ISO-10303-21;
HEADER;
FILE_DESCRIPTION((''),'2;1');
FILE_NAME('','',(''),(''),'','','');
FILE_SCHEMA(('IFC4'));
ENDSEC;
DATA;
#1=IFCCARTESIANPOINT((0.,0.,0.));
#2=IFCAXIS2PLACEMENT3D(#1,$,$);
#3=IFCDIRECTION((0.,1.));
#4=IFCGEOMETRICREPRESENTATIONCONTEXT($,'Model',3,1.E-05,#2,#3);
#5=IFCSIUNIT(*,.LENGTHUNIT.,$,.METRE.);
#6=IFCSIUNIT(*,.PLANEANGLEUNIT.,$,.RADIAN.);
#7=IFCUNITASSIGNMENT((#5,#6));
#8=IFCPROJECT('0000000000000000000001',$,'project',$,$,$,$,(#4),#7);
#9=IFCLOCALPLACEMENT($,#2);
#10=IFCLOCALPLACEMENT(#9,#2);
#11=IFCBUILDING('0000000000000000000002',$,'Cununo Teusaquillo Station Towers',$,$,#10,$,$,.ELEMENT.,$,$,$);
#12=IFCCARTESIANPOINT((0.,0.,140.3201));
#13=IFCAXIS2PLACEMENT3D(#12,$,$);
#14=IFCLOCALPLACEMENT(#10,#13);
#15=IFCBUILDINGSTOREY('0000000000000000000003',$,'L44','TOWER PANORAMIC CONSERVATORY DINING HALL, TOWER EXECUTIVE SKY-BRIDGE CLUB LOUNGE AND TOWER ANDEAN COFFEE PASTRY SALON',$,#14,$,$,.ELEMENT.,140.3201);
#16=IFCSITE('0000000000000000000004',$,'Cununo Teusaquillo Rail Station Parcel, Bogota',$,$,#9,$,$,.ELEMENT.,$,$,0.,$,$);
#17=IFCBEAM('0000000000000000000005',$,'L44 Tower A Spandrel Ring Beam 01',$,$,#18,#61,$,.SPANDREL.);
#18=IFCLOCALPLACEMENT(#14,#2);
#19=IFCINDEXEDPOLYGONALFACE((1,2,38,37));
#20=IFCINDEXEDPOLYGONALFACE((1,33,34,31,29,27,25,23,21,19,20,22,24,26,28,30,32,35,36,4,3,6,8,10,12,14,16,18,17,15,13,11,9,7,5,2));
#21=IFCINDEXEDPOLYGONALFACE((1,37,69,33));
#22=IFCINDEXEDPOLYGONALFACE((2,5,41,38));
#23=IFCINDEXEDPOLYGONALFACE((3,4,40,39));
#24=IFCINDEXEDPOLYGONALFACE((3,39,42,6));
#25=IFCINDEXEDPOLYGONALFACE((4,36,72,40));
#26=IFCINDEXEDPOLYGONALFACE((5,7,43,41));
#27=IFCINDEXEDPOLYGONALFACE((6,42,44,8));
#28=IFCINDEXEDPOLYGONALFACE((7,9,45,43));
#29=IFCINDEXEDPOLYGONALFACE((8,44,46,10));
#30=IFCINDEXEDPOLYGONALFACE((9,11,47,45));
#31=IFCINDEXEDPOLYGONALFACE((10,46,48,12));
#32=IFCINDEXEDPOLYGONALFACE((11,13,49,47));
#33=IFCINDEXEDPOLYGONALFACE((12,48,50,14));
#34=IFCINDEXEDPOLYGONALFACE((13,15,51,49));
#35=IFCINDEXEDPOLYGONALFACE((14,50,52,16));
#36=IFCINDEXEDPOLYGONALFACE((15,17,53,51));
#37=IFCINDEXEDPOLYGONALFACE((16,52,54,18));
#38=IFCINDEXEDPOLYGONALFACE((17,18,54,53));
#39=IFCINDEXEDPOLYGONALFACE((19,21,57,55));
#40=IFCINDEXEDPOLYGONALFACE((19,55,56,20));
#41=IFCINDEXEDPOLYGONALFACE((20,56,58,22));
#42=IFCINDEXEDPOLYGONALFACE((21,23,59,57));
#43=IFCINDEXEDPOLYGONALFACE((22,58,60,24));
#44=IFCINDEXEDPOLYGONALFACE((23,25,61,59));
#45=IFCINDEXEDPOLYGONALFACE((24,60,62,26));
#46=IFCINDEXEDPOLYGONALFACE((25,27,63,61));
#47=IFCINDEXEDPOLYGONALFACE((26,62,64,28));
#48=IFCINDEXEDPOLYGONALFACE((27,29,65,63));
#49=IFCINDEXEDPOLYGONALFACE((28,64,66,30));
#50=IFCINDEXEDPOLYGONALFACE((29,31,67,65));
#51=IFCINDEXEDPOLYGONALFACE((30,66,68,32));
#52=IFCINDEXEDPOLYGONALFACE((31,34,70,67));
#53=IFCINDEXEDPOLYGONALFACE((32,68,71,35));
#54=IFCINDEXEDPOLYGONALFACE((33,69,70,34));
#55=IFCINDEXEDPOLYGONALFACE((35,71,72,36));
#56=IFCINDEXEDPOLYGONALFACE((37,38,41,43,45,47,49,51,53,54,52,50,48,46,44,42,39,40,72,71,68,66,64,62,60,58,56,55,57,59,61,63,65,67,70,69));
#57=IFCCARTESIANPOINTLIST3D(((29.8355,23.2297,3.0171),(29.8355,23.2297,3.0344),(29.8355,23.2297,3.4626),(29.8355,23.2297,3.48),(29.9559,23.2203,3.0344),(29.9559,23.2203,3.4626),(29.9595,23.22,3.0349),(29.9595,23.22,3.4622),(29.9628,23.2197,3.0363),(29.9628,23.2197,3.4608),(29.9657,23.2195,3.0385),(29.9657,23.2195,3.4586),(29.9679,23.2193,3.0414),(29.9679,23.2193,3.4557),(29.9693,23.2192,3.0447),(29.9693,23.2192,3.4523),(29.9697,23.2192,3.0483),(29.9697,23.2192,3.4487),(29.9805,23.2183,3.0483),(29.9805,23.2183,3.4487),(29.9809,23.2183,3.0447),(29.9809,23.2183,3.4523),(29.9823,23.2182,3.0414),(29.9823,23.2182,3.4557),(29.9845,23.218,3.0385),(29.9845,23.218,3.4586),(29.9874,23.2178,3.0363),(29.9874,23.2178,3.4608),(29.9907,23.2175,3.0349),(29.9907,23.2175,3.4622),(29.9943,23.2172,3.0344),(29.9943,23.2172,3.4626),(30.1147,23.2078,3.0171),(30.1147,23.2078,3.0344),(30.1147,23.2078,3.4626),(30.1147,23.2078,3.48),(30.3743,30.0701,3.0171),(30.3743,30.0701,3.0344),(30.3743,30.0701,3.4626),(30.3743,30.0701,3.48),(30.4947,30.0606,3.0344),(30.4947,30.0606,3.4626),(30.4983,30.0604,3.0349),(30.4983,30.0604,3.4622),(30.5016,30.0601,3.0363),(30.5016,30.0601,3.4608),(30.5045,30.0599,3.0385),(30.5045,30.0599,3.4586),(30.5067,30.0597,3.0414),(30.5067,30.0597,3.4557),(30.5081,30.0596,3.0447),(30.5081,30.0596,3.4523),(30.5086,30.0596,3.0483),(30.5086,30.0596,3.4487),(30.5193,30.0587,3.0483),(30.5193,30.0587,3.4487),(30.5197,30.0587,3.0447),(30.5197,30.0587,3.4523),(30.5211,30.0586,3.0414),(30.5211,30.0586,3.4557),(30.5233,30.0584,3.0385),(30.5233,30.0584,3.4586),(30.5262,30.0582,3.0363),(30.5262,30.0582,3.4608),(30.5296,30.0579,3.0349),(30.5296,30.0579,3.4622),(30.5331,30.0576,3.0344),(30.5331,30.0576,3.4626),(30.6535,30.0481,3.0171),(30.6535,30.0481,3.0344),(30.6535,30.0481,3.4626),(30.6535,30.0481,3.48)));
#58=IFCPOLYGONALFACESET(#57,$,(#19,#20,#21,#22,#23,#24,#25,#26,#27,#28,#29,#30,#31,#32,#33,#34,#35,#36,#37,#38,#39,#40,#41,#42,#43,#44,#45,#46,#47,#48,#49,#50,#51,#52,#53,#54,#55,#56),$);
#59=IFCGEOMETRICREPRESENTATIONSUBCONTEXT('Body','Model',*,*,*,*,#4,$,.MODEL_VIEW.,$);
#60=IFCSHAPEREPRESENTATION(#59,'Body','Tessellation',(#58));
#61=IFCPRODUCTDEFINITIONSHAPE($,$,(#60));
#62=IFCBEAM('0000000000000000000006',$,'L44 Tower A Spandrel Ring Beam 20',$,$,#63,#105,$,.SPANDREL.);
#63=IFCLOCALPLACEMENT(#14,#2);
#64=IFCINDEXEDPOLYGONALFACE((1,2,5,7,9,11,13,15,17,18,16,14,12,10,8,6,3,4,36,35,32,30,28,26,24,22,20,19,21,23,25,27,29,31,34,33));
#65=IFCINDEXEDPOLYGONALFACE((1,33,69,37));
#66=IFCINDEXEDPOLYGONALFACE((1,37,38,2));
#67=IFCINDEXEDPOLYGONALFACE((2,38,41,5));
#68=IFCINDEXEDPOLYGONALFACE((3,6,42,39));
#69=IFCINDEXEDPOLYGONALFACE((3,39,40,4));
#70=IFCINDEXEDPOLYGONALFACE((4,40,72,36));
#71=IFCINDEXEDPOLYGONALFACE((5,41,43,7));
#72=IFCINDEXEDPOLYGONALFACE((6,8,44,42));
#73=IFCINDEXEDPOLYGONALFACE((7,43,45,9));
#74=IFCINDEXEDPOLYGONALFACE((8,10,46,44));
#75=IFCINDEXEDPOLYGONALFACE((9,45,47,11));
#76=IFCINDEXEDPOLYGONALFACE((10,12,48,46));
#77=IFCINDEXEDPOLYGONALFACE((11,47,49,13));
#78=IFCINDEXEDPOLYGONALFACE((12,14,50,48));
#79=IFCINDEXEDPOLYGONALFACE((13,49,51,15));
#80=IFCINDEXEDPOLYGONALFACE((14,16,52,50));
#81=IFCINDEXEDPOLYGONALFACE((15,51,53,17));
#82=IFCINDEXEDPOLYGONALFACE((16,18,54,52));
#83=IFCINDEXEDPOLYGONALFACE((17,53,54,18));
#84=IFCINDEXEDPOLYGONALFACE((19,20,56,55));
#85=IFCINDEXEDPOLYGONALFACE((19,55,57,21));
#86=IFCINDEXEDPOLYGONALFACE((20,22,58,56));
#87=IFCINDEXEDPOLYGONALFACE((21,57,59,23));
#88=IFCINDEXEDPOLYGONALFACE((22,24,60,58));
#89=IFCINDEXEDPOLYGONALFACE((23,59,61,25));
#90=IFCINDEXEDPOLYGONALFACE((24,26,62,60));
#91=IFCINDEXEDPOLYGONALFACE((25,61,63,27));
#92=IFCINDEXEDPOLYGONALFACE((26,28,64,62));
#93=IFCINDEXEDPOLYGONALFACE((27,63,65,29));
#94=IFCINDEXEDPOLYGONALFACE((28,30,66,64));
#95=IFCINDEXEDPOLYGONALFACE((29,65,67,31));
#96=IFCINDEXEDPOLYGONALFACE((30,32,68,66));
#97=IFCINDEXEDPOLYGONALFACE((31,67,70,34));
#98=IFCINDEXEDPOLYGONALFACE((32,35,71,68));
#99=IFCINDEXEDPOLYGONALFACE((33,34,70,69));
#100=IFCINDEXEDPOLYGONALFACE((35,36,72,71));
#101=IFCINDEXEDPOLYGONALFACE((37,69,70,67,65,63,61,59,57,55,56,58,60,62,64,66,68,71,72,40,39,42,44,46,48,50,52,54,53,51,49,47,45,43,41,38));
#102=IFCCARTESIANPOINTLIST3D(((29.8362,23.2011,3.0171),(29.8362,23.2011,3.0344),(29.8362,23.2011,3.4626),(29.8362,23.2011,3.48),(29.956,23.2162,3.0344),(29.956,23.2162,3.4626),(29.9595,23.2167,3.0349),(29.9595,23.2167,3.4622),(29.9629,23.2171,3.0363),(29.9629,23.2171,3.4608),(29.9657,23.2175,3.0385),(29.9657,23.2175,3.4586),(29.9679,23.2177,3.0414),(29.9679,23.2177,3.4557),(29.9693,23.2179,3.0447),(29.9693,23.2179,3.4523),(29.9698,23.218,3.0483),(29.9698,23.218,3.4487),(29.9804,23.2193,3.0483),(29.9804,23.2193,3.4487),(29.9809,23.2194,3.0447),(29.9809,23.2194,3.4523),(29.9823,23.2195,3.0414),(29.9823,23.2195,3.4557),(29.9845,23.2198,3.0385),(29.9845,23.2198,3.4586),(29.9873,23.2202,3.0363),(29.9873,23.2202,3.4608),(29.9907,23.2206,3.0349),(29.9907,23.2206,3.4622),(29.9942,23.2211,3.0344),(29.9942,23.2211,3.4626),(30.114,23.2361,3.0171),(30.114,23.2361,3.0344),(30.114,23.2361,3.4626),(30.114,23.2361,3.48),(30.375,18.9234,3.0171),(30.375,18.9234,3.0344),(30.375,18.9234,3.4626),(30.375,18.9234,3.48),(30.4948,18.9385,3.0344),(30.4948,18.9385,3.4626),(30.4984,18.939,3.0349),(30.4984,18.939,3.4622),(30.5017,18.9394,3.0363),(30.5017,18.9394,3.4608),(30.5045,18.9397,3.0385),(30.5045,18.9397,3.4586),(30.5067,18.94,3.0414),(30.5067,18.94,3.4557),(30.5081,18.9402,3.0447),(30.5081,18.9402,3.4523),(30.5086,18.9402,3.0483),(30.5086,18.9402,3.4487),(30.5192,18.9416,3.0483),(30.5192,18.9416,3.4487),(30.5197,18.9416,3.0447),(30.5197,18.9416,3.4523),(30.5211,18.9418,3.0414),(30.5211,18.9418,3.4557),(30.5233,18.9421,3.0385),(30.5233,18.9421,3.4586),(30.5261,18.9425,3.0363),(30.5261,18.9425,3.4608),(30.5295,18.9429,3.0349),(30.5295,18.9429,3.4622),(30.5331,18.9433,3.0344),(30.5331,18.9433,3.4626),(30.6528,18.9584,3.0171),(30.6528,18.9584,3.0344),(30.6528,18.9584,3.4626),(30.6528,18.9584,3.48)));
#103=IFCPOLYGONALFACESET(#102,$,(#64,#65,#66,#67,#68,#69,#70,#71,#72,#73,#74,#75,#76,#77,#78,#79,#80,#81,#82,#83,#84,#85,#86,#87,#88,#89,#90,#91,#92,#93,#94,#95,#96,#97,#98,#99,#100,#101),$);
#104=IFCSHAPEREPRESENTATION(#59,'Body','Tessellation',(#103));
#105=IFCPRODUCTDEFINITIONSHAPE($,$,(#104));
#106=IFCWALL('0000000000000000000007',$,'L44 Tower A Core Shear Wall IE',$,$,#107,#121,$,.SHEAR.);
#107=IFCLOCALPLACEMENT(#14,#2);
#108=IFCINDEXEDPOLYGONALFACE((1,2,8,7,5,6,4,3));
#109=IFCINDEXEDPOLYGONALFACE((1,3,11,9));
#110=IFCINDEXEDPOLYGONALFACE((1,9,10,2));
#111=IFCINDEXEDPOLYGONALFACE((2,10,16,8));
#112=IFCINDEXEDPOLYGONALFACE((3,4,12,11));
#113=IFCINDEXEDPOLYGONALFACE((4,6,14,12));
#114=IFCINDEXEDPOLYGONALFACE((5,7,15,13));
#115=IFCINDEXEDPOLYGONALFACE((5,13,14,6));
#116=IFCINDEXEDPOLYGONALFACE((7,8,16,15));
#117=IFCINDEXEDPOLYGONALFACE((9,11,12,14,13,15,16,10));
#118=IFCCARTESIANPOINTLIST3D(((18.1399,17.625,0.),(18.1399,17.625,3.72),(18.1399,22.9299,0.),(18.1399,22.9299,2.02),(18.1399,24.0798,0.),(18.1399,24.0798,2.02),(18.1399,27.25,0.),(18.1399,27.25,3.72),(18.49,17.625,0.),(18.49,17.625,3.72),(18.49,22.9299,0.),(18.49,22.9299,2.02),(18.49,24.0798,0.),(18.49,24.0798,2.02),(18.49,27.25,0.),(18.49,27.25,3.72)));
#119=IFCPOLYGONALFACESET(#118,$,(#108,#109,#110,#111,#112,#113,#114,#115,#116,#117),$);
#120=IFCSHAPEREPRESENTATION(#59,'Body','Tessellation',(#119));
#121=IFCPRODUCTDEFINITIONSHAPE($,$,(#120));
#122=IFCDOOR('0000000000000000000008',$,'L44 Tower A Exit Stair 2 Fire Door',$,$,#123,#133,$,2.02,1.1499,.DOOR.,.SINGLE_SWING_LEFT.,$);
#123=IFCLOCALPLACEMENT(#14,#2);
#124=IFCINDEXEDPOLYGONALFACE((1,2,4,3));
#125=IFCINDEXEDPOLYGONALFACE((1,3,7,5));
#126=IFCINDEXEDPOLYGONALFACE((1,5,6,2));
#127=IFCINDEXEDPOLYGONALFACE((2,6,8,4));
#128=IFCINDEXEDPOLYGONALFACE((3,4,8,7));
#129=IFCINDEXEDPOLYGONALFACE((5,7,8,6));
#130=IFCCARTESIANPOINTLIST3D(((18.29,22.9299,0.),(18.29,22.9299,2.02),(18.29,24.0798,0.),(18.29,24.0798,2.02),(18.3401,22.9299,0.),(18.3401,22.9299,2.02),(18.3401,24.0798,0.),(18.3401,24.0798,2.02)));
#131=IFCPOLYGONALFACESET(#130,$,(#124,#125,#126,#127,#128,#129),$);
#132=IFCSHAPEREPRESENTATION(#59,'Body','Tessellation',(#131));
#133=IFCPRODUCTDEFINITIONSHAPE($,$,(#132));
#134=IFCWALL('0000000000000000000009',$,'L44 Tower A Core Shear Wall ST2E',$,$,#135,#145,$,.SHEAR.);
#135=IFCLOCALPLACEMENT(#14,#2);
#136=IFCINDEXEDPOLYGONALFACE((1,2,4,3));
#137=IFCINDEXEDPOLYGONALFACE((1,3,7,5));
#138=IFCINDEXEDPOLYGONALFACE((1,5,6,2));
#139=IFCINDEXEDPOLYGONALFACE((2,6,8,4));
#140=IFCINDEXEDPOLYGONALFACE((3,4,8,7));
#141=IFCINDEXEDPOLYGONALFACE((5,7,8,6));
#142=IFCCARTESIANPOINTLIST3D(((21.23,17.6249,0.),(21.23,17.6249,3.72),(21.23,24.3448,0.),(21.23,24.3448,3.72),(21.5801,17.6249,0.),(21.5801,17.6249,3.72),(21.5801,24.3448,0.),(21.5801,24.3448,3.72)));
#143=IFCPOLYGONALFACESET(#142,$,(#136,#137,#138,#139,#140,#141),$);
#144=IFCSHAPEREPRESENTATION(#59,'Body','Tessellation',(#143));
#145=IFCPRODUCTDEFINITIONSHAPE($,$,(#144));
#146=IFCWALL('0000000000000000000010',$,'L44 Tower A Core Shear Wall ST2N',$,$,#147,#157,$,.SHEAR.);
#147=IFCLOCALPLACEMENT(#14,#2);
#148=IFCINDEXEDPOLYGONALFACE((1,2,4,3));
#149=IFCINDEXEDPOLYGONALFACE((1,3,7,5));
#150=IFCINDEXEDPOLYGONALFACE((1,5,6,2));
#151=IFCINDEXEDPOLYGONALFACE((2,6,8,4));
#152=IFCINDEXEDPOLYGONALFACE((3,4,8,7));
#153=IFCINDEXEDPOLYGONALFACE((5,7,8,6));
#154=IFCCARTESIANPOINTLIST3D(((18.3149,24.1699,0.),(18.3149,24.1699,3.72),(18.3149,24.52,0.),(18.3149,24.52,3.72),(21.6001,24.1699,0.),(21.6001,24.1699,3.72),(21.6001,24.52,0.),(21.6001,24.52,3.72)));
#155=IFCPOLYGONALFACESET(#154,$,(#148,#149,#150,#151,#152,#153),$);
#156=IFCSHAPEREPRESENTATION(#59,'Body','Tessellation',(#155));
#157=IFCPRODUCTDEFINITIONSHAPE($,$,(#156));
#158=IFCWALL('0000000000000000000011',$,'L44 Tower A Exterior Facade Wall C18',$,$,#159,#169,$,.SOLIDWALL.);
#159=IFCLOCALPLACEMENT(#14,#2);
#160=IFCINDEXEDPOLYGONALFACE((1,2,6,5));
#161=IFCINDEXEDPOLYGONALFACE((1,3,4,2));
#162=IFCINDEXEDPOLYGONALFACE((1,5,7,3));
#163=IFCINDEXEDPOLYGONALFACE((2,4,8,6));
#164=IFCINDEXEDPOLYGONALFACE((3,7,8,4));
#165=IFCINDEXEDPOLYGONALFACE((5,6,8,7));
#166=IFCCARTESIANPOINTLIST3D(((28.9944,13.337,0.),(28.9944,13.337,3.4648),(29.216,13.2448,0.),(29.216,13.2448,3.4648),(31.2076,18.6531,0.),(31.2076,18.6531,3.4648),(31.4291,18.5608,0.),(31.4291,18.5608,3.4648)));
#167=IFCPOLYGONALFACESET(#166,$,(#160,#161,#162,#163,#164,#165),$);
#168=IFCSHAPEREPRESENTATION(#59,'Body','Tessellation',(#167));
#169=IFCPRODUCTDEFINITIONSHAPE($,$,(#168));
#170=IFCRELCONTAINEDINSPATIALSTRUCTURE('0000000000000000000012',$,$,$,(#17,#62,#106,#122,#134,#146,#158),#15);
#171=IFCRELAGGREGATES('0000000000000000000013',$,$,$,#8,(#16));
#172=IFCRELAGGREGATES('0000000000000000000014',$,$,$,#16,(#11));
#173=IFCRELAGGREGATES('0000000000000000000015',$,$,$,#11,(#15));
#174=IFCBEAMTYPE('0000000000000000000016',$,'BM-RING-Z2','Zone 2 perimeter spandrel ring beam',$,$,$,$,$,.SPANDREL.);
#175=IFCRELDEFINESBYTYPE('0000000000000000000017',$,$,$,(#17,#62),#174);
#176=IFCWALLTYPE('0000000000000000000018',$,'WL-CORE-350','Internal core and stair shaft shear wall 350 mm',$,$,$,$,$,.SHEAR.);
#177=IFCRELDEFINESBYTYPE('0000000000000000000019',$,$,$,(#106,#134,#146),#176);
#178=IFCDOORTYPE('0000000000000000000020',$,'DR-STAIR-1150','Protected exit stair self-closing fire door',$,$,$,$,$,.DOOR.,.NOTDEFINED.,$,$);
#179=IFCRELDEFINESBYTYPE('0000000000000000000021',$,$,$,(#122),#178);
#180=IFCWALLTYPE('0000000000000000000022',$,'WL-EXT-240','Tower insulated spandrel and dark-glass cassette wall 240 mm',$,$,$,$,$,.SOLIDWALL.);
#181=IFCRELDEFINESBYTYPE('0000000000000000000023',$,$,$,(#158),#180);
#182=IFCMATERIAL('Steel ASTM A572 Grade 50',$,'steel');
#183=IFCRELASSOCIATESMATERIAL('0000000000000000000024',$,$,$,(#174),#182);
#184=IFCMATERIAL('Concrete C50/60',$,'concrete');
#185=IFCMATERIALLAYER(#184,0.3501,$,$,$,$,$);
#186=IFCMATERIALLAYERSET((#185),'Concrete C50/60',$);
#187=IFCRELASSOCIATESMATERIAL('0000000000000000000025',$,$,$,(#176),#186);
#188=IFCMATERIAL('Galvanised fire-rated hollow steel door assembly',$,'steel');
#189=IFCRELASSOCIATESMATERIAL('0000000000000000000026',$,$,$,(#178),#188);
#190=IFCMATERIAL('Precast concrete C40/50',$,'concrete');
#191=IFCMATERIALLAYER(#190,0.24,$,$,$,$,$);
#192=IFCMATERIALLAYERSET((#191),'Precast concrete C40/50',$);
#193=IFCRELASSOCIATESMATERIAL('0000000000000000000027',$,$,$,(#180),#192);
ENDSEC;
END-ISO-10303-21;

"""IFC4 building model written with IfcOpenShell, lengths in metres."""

from ifc_helpers import new_model, si_unit, direction, frame, frame_2d, origin, origin_2d, place, context, subcontext, project, spatial, rectangle, i_section, extrude, source, transform, mapped, material, layer, layer_set, material_profile, profile_set, type_object, element, fill, save


model = new_model("IFC4")

# Units and contexts
model_context = context("Model", 3, precision=1e-05, world=origin(), true_north=direction((0.0, 1.0)))
body_context = subcontext(model_context, "Body", "Model", "MODEL_VIEW")
ifc_project = project(units=[si_unit("LENGTHUNIT", "METRE"), si_unit("PLANEANGLEUNIT", "RADIAN")], contexts=[model_context])

# Site, building, storey
site_placement = place(None, origin())
site = spatial("IfcSite", under=ifc_project, at=site_placement, Name="Cununo Teusaquillo Rail Station Parcel, Bogota", CompositionType="ELEMENT", RefElevation=0.0)
building_placement = place(site_placement, origin())
building = spatial("IfcBuilding", under=site, at=building_placement, Name="Cununo Teusaquillo Station Towers", CompositionType="ELEMENT")
storey_placement = place(building_placement, frame((0.0, 0.0, 140.3201)))
storey = spatial("IfcBuildingStorey", under=building, at=storey_placement, Name="L44", Description="TOWER PANORAMIC CONSERVATORY DINING HALL, TOWER EXECUTIVE SKY-BRIDGE CLUB LOUNGE AND TOWER ANDEAN COFFEE PASTRY SALON", CompositionType="ELEMENT", Elevation=140.3201)

# Beams
ifc_material_1 = material(Name="Steel ASTM A572 Grade 50", Category="steel")
ifc_material_profile_1 = material_profile(ifc_material_1, i_section(OverallWidth=0.28, OverallDepth=0.4629, WebThickness=0.0107, FlangeThickness=0.0173, FilletRadius=0.0139, at=origin_2d()), Name="W18X76")
ifc_profile_set_1 = profile_set([ifc_material_profile_1], Name="Steel ASTM A572 Grade 50")
beam_type_1 = type_object("IfcBeamType", Name="BM-RING-Z2", Description="Zone 2 perimeter spandrel ring beam", PredefinedType="SPANDREL", material=ifc_profile_set_1)
beam_1_placement = place(storey_placement, frame((29.9751, 23.2188, 3.2485), z_axis=(0.078528, 0.996912, 0.0), x_axis=(-0.996912, 0.078528, 0.0)))
element("IfcBeam", 1, at=beam_1_placement, inside=storey, type_object=beam_type_1, Name="L44 Tower A Spandrel Ring Beam 01", PredefinedType="SPANDREL", context=body_context, shape_type="SweptSolid", body=[
    extrude(i_section(OverallWidth=0.28, OverallDepth=0.4629, WebThickness=0.0107, FlangeThickness=0.0173, FilletRadius=0.0139, at=origin_2d()), origin(), (0.0, 0.0, 1.0), 6.8616),
])
beam_2_placement = place(storey_placement, frame((30.5139, 18.9409, 3.2485), z_axis=(-0.124969, 0.992161, 0.0), x_axis=(-0.992161, -0.124969, 0.0)))
element("IfcBeam", 2, at=beam_2_placement, inside=storey, type_object=beam_type_1, Name="L44 Tower A Spandrel Ring Beam 20", PredefinedType="SPANDREL", context=body_context, shape_type="SweptSolid", body=[
    extrude(i_section(OverallWidth=0.28, OverallDepth=0.4629, WebThickness=0.0107, FlangeThickness=0.0173, FilletRadius=0.0139, at=origin_2d()), origin(), (0.0, 0.0, 1.0), 4.3115),
])

# Wall, opening, door
ifc_material_2 = material(Name="Concrete C50/60", Category="concrete")
ifc_layer_1 = layer(ifc_material_2, 0.3501)
ifc_layer_set_1 = layer_set([ifc_layer_1], Name="Concrete C50/60")
wall_type_1 = type_object("IfcWallType", Name="WL-CORE-350", Description="Internal core and stair shaft shear wall 350 mm", PredefinedType="SHEAR", material=ifc_layer_set_1)
wall_1_placement = place(storey_placement, frame((18.3149, 17.625, 0.0), z_axis=(0.0, 0.0, 1.0), x_axis=(0.0, 1.0, 0.0)))
wall_1 = element("IfcWall", 3, at=wall_1_placement, inside=storey, type_object=wall_type_1, Name="L44 Tower A Core Shear Wall IE", PredefinedType="SHEAR", context=body_context, shape_type="SweptSolid", body=[
    extrude(rectangle(XDim=9.625, YDim=0.3501, at=frame_2d((4.8125, 0.0))), origin(), (0.0, 0.0, 1.0), 3.72),
])
shared_shape_1 = source(origin(), body_context, "Body", "SweptSolid", [
    extrude(rectangle(XDim=1.1499, YDim=2.02, at=frame_2d((0.575, 1.01))), frame((0.0, 0.1851, 0.0), z_axis=(0.0, -1.0, 0.0), x_axis=(1.0, 0.0, 0.0)), (0.0, 0.0, 1.0), 0.3701),
])
opening_1_placement = place(wall_1_placement, frame((5.3049, 0.0, 0.0)))
opening_1 = element("IfcOpeningElement", 4, at=opening_1_placement, cuts=wall_1, PredefinedType="OPENING", context=body_context, shape_type="MappedRepresentation", body=[
    mapped(shared_shape_1, transform((0.0, 0.0, 0.0), x_axis=(1.0, 0.0, 0.0), y_axis=(0.0, 1.0, 0.0), z_axis=(0.0, 0.0, 1.0), scale=1.0)),
])
ifc_material_3 = material(Name="Galvanised fire-rated hollow steel door assembly", Category="steel")
door_type_1 = type_object("IfcDoorType", Name="DR-STAIR-1150", Description="Protected exit stair self-closing fire door", OperationType="NOTDEFINED", PredefinedType="DOOR", material=ifc_material_3)
shared_shape_2 = source(origin(), body_context, "Body", "SweptSolid", [
    extrude(rectangle(XDim=1.1499, YDim=2.02, at=frame_2d((0.575, 1.01))), frame((0.0, 0.0249, 0.0), z_axis=(0.0, -1.0, 0.0), x_axis=(1.0, 0.0, 0.0)), (0.0, 0.0, 1.0), 0.05),
])
door_1_placement = place(opening_1_placement, origin())
door_1 = element("IfcDoor", 5, at=door_1_placement, inside=storey, type_object=door_type_1, Name="L44 Tower A Exit Stair 2 Fire Door", OperationType="SINGLE_SWING_LEFT", OverallHeight=2.02, OverallWidth=1.1499, PredefinedType="DOOR", context=body_context, shape_type="MappedRepresentation", body=[
    mapped(shared_shape_2, transform((0.0, 0.0, 0.0), x_axis=(1.0, 0.0, 0.0), y_axis=(0.0, 1.0, 0.0), z_axis=(0.0, 0.0, 1.0), scale=1.0)),
])
fill(opening_1, door_1)

# Walls
wall_2_placement = place(storey_placement, frame((21.405, 17.625, 0.0), z_axis=(0.0, 0.0, 1.0), x_axis=(0.0, 1.0, 0.0)))
element("IfcWall", 6, at=wall_2_placement, inside=storey, type_object=wall_type_1, Name="L44 Tower A Core Shear Wall ST2E", PredefinedType="SHEAR", context=body_context, shape_type="SweptSolid", body=[
    extrude(rectangle(XDim=6.72, YDim=0.3501, at=frame_2d((3.3599, 0.0))), origin(), (0.0, 0.0, 1.0), 3.72),
])
wall_3_placement = place(storey_placement, frame((18.3149, 24.345, 0.0), z_axis=(0.0, 0.0, 1.0), x_axis=(1.0, 0.0, 0.0)))
element("IfcWall", 7, at=wall_3_placement, inside=storey, type_object=wall_type_1, Name="L44 Tower A Core Shear Wall ST2N", PredefinedType="SHEAR", context=body_context, shape_type="SweptSolid", body=[
    extrude(rectangle(XDim=3.2852, YDim=0.3501, at=frame_2d((1.6426, 0.0))), origin(), (0.0, 0.0, 1.0), 3.72),
])
ifc_material_4 = material(Name="Precast concrete C40/50", Category="concrete")
ifc_layer_2 = layer(ifc_material_4, 0.24)
ifc_layer_set_2 = layer_set([ifc_layer_2], Name="Precast concrete C40/50")
wall_type_2 = type_object("IfcWallType", Name="WL-EXT-240", Description="Tower insulated spandrel and dark-glass cassette wall 240 mm", PredefinedType="SOLIDWALL", material=ifc_layer_set_2)
wall_4_placement = place(storey_placement, frame((31.3184, 18.6069, 0.0), z_axis=(0.0, 0.0, 1.0), x_axis=(-0.384344, -0.92319, 0.0)))
element("IfcWall", 8, at=wall_4_placement, inside=storey, type_object=wall_type_2, Name="L44 Tower A Exterior Facade Wall C18", PredefinedType="SOLIDWALL", context=body_context, shape_type="SweptSolid", body=[
    extrude(rectangle(XDim=5.7583, YDim=0.24, at=frame_2d((2.8792, 0.0))), origin(), (0.0, 0.0, 1.0), 3.4648),
])

save(model, "model.ifc")
